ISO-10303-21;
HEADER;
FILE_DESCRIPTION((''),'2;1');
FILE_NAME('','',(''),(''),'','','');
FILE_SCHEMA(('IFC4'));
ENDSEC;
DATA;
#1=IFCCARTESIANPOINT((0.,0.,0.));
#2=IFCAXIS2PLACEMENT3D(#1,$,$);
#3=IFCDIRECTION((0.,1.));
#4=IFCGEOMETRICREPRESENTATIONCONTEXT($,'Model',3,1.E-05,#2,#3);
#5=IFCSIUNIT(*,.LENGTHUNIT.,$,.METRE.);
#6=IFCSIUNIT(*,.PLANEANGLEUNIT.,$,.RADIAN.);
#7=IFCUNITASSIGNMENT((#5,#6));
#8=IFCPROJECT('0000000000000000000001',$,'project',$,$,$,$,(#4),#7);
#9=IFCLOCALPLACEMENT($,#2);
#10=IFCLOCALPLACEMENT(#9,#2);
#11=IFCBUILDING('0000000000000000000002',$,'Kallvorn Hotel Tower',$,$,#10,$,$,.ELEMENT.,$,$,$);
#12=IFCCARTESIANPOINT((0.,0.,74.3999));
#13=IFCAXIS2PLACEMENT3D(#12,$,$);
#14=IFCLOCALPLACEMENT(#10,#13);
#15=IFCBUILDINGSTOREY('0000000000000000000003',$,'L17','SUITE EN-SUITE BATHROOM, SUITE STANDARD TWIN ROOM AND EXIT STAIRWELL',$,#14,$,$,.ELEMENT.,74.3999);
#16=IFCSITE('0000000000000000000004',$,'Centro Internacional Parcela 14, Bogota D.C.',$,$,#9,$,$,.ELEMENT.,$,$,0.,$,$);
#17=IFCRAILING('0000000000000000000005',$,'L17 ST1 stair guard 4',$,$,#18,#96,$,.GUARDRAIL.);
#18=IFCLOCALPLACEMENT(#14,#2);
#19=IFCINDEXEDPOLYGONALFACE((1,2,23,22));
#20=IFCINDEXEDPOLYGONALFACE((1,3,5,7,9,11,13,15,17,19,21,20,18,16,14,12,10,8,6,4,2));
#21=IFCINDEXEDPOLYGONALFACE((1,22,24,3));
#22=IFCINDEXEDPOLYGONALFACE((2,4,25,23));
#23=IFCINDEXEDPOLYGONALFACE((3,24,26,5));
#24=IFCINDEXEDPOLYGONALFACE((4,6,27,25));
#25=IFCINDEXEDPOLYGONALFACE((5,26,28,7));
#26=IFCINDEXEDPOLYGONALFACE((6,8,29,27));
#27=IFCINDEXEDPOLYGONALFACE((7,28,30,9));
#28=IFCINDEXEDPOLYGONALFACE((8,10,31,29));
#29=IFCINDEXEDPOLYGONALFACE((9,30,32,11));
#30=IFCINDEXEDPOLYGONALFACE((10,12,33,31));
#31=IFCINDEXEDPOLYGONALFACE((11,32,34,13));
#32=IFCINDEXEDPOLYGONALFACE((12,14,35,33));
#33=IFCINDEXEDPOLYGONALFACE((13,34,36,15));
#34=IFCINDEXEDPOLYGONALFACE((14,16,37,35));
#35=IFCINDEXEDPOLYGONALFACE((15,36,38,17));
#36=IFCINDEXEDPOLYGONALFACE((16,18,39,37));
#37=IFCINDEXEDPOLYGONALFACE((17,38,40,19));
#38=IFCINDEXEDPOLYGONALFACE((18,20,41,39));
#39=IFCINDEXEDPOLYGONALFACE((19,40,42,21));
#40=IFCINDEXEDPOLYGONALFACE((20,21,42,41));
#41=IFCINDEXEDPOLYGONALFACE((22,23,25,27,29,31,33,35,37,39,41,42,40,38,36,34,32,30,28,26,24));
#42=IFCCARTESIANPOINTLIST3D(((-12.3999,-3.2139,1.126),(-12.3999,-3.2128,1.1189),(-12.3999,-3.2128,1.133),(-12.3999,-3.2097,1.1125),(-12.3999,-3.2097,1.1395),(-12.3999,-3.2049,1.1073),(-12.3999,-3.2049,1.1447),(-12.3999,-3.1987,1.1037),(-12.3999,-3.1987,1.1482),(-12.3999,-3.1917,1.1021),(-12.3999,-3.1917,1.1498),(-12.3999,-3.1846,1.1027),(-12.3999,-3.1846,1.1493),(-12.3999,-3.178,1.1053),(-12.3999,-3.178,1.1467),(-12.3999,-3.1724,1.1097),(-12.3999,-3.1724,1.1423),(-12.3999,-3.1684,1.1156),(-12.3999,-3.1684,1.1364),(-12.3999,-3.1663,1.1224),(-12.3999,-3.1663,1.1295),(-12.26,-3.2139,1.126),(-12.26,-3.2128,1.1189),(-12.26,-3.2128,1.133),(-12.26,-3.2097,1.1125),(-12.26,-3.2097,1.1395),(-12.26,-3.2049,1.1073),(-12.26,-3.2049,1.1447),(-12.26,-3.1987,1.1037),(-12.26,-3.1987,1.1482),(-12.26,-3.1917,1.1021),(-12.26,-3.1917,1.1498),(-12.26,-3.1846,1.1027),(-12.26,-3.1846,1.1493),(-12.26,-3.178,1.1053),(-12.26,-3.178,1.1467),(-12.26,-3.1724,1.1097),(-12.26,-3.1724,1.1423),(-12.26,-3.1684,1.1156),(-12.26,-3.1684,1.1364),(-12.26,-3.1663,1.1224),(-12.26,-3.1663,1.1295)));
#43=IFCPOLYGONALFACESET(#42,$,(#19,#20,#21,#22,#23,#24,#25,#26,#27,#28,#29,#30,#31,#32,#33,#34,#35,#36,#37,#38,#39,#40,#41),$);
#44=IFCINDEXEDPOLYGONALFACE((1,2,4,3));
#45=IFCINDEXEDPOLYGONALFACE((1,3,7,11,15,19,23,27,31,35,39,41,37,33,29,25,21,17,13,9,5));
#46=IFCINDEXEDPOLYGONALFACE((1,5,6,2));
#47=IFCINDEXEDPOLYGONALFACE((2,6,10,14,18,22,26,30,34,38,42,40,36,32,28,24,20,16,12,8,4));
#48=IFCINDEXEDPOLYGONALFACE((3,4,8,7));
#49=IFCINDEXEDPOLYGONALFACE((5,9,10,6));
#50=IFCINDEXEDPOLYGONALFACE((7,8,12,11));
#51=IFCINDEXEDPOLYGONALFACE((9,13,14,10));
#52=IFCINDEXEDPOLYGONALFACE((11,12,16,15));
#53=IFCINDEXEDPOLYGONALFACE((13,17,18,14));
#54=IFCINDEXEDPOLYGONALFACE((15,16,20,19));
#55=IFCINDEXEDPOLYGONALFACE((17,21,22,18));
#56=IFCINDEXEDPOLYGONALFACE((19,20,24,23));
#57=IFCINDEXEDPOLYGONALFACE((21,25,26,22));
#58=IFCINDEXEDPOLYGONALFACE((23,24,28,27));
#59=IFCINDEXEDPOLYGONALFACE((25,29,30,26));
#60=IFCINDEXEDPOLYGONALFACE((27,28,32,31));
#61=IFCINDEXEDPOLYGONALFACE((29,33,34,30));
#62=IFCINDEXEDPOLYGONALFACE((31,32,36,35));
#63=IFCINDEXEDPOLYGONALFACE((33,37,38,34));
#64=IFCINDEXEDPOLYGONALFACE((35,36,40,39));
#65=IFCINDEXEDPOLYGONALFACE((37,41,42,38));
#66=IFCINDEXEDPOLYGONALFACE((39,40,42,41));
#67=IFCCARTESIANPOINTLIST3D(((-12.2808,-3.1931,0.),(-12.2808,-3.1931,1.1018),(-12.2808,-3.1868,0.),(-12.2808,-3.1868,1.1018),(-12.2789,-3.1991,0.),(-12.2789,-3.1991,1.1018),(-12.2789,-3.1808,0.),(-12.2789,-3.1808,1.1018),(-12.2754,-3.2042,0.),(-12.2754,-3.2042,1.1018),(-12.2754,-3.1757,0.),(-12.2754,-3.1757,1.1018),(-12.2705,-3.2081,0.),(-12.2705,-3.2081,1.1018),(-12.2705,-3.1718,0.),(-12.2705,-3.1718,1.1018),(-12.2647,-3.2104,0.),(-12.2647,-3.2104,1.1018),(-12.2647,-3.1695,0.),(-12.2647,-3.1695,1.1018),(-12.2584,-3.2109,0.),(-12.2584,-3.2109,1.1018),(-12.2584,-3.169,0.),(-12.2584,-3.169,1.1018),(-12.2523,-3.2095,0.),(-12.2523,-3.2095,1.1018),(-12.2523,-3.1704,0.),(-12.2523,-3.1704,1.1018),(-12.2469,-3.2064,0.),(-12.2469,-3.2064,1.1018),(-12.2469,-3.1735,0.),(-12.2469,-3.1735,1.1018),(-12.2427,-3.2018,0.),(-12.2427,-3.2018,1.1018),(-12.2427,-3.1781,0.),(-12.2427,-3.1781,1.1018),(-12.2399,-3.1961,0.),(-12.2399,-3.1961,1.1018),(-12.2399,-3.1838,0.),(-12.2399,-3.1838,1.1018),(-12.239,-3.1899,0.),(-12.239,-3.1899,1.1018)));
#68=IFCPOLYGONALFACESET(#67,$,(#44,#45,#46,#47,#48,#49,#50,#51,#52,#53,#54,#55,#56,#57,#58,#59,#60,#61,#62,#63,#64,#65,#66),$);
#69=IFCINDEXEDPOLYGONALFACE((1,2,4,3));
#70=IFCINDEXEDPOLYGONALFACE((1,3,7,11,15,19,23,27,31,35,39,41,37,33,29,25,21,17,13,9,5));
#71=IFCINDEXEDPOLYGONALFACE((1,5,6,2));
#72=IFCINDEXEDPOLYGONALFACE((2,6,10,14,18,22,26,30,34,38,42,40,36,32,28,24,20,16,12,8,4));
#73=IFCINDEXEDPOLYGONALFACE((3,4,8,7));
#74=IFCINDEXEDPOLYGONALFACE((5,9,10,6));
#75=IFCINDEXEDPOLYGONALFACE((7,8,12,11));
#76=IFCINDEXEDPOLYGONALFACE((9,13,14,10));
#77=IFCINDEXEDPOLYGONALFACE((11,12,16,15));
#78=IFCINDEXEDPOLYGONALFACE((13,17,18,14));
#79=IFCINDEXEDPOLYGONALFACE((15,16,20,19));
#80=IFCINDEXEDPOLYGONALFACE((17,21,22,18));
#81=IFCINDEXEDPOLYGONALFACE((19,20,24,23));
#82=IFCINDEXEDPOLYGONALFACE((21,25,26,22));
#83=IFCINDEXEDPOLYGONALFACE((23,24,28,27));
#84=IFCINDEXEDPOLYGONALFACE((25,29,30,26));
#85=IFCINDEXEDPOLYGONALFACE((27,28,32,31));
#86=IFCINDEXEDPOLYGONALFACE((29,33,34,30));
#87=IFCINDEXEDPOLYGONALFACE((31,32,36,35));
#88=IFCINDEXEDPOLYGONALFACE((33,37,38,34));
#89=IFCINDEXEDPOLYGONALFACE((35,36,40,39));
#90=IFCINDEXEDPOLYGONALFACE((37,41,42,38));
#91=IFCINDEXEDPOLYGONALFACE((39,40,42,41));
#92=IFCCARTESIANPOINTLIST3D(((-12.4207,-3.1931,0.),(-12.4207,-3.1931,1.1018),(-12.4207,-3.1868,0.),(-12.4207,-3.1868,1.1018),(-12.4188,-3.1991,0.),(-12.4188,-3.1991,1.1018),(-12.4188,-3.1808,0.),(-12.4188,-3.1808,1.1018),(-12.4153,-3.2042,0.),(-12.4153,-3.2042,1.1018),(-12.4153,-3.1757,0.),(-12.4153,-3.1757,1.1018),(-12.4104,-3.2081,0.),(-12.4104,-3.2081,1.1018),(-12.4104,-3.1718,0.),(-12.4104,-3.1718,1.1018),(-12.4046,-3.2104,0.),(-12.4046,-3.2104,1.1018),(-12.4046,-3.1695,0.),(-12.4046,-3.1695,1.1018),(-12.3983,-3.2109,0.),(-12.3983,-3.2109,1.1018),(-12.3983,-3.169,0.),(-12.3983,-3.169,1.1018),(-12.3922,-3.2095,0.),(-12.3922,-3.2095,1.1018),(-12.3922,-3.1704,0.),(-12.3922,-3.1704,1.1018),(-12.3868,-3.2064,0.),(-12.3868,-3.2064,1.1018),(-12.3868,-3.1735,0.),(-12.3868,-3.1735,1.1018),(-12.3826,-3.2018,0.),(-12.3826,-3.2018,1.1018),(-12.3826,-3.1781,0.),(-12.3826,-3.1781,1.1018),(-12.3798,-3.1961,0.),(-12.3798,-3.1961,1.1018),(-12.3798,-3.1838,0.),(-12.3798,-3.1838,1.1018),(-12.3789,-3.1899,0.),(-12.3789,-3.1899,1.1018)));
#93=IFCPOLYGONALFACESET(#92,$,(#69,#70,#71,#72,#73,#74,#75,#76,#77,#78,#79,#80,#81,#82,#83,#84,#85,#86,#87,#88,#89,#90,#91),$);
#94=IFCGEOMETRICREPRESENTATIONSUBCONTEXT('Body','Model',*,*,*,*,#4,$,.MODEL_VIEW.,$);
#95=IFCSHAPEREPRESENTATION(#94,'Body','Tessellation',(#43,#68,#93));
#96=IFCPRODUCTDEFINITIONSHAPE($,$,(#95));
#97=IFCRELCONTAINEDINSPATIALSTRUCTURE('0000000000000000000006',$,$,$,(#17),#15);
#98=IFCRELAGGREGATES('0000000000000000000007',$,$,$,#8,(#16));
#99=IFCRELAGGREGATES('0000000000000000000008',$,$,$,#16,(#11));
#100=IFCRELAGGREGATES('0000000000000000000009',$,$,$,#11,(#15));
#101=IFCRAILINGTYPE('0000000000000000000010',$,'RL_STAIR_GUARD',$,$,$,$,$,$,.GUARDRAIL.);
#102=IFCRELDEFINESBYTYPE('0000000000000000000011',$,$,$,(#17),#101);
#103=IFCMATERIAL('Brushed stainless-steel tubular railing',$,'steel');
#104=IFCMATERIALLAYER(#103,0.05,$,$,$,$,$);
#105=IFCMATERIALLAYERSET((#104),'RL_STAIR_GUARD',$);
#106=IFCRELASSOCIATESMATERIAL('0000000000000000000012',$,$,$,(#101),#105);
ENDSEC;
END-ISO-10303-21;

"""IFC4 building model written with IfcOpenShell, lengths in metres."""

from ifc_helpers import new_model, si_unit, direction, frame, origin, origin_2d, place, context, subcontext, project, spatial, circle, extrude, material, layer, layer_set, type_object, element, save


model = new_model("IFC4")

# Units and contexts
model_context = context("Model", 3, precision=1e-05, world=origin(), true_north=direction((0.0, 1.0)))
body_context = subcontext(model_context, "Body", "Model", "MODEL_VIEW")
ifc_project = project(units=[si_unit("LENGTHUNIT", "METRE"), si_unit("PLANEANGLEUNIT", "RADIAN")], contexts=[model_context])

# Site, building, storey
site_placement = place(None, origin())
site = spatial("IfcSite", under=ifc_project, at=site_placement, Name="Centro Internacional Parcela 14, Bogota D.C.", CompositionType="ELEMENT", RefElevation=0.0)
building_placement = place(site_placement, origin())
building = spatial("IfcBuilding", under=site, at=building_placement, Name="Kallvorn Hotel Tower", CompositionType="ELEMENT")
storey_placement = place(building_placement, frame((0.0, 0.0, 74.3999)))
storey = spatial("IfcBuildingStorey", under=building, at=storey_placement, Name="L17", Description="SUITE EN-SUITE BATHROOM, SUITE STANDARD TWIN ROOM AND EXIT STAIRWELL", CompositionType="ELEMENT", Elevation=74.3999)

# Railing
ifc_material_1 = material(Name="Brushed stainless-steel tubular railing", Category="steel")
ifc_layer_1 = layer(ifc_material_1, 0.05)
ifc_layer_set_1 = layer_set([ifc_layer_1], Name="RL_STAIR_GUARD")
railing_type_1 = type_object("IfcRailingType", Name="RL_STAIR_GUARD", PredefinedType="GUARDRAIL", material=ifc_layer_set_1)
railing_1_placement = place(storey_placement, frame((-12.26, -3.1899, 0.0)))
element("IfcRailing", 1, at=railing_1_placement, inside=storey, type_object=railing_type_1, Name="L17 ST1 stair guard 4", PredefinedType="GUARDRAIL", context=body_context, shape_type="SweptSolid", body=[
    extrude(circle(Radius=0.0239, at=origin_2d()), frame((0.0, 0.0, 1.126), z_axis=(-1.0, 0.0, 0.0), x_axis=(0.0, -1.0, 0.0)), (0.0, 0.0, 1.0), 0.1399),
    extrude(circle(Radius=0.021, at=origin_2d()), origin(), (0.0, 0.0, 1.0), 1.1018),
    extrude(circle(Radius=0.021, at=origin_2d()), frame((-0.1399, 0.0, 0.0)), (0.0, 0.0, 1.0), 1.1018),
])

save(model, "model.ifc")
